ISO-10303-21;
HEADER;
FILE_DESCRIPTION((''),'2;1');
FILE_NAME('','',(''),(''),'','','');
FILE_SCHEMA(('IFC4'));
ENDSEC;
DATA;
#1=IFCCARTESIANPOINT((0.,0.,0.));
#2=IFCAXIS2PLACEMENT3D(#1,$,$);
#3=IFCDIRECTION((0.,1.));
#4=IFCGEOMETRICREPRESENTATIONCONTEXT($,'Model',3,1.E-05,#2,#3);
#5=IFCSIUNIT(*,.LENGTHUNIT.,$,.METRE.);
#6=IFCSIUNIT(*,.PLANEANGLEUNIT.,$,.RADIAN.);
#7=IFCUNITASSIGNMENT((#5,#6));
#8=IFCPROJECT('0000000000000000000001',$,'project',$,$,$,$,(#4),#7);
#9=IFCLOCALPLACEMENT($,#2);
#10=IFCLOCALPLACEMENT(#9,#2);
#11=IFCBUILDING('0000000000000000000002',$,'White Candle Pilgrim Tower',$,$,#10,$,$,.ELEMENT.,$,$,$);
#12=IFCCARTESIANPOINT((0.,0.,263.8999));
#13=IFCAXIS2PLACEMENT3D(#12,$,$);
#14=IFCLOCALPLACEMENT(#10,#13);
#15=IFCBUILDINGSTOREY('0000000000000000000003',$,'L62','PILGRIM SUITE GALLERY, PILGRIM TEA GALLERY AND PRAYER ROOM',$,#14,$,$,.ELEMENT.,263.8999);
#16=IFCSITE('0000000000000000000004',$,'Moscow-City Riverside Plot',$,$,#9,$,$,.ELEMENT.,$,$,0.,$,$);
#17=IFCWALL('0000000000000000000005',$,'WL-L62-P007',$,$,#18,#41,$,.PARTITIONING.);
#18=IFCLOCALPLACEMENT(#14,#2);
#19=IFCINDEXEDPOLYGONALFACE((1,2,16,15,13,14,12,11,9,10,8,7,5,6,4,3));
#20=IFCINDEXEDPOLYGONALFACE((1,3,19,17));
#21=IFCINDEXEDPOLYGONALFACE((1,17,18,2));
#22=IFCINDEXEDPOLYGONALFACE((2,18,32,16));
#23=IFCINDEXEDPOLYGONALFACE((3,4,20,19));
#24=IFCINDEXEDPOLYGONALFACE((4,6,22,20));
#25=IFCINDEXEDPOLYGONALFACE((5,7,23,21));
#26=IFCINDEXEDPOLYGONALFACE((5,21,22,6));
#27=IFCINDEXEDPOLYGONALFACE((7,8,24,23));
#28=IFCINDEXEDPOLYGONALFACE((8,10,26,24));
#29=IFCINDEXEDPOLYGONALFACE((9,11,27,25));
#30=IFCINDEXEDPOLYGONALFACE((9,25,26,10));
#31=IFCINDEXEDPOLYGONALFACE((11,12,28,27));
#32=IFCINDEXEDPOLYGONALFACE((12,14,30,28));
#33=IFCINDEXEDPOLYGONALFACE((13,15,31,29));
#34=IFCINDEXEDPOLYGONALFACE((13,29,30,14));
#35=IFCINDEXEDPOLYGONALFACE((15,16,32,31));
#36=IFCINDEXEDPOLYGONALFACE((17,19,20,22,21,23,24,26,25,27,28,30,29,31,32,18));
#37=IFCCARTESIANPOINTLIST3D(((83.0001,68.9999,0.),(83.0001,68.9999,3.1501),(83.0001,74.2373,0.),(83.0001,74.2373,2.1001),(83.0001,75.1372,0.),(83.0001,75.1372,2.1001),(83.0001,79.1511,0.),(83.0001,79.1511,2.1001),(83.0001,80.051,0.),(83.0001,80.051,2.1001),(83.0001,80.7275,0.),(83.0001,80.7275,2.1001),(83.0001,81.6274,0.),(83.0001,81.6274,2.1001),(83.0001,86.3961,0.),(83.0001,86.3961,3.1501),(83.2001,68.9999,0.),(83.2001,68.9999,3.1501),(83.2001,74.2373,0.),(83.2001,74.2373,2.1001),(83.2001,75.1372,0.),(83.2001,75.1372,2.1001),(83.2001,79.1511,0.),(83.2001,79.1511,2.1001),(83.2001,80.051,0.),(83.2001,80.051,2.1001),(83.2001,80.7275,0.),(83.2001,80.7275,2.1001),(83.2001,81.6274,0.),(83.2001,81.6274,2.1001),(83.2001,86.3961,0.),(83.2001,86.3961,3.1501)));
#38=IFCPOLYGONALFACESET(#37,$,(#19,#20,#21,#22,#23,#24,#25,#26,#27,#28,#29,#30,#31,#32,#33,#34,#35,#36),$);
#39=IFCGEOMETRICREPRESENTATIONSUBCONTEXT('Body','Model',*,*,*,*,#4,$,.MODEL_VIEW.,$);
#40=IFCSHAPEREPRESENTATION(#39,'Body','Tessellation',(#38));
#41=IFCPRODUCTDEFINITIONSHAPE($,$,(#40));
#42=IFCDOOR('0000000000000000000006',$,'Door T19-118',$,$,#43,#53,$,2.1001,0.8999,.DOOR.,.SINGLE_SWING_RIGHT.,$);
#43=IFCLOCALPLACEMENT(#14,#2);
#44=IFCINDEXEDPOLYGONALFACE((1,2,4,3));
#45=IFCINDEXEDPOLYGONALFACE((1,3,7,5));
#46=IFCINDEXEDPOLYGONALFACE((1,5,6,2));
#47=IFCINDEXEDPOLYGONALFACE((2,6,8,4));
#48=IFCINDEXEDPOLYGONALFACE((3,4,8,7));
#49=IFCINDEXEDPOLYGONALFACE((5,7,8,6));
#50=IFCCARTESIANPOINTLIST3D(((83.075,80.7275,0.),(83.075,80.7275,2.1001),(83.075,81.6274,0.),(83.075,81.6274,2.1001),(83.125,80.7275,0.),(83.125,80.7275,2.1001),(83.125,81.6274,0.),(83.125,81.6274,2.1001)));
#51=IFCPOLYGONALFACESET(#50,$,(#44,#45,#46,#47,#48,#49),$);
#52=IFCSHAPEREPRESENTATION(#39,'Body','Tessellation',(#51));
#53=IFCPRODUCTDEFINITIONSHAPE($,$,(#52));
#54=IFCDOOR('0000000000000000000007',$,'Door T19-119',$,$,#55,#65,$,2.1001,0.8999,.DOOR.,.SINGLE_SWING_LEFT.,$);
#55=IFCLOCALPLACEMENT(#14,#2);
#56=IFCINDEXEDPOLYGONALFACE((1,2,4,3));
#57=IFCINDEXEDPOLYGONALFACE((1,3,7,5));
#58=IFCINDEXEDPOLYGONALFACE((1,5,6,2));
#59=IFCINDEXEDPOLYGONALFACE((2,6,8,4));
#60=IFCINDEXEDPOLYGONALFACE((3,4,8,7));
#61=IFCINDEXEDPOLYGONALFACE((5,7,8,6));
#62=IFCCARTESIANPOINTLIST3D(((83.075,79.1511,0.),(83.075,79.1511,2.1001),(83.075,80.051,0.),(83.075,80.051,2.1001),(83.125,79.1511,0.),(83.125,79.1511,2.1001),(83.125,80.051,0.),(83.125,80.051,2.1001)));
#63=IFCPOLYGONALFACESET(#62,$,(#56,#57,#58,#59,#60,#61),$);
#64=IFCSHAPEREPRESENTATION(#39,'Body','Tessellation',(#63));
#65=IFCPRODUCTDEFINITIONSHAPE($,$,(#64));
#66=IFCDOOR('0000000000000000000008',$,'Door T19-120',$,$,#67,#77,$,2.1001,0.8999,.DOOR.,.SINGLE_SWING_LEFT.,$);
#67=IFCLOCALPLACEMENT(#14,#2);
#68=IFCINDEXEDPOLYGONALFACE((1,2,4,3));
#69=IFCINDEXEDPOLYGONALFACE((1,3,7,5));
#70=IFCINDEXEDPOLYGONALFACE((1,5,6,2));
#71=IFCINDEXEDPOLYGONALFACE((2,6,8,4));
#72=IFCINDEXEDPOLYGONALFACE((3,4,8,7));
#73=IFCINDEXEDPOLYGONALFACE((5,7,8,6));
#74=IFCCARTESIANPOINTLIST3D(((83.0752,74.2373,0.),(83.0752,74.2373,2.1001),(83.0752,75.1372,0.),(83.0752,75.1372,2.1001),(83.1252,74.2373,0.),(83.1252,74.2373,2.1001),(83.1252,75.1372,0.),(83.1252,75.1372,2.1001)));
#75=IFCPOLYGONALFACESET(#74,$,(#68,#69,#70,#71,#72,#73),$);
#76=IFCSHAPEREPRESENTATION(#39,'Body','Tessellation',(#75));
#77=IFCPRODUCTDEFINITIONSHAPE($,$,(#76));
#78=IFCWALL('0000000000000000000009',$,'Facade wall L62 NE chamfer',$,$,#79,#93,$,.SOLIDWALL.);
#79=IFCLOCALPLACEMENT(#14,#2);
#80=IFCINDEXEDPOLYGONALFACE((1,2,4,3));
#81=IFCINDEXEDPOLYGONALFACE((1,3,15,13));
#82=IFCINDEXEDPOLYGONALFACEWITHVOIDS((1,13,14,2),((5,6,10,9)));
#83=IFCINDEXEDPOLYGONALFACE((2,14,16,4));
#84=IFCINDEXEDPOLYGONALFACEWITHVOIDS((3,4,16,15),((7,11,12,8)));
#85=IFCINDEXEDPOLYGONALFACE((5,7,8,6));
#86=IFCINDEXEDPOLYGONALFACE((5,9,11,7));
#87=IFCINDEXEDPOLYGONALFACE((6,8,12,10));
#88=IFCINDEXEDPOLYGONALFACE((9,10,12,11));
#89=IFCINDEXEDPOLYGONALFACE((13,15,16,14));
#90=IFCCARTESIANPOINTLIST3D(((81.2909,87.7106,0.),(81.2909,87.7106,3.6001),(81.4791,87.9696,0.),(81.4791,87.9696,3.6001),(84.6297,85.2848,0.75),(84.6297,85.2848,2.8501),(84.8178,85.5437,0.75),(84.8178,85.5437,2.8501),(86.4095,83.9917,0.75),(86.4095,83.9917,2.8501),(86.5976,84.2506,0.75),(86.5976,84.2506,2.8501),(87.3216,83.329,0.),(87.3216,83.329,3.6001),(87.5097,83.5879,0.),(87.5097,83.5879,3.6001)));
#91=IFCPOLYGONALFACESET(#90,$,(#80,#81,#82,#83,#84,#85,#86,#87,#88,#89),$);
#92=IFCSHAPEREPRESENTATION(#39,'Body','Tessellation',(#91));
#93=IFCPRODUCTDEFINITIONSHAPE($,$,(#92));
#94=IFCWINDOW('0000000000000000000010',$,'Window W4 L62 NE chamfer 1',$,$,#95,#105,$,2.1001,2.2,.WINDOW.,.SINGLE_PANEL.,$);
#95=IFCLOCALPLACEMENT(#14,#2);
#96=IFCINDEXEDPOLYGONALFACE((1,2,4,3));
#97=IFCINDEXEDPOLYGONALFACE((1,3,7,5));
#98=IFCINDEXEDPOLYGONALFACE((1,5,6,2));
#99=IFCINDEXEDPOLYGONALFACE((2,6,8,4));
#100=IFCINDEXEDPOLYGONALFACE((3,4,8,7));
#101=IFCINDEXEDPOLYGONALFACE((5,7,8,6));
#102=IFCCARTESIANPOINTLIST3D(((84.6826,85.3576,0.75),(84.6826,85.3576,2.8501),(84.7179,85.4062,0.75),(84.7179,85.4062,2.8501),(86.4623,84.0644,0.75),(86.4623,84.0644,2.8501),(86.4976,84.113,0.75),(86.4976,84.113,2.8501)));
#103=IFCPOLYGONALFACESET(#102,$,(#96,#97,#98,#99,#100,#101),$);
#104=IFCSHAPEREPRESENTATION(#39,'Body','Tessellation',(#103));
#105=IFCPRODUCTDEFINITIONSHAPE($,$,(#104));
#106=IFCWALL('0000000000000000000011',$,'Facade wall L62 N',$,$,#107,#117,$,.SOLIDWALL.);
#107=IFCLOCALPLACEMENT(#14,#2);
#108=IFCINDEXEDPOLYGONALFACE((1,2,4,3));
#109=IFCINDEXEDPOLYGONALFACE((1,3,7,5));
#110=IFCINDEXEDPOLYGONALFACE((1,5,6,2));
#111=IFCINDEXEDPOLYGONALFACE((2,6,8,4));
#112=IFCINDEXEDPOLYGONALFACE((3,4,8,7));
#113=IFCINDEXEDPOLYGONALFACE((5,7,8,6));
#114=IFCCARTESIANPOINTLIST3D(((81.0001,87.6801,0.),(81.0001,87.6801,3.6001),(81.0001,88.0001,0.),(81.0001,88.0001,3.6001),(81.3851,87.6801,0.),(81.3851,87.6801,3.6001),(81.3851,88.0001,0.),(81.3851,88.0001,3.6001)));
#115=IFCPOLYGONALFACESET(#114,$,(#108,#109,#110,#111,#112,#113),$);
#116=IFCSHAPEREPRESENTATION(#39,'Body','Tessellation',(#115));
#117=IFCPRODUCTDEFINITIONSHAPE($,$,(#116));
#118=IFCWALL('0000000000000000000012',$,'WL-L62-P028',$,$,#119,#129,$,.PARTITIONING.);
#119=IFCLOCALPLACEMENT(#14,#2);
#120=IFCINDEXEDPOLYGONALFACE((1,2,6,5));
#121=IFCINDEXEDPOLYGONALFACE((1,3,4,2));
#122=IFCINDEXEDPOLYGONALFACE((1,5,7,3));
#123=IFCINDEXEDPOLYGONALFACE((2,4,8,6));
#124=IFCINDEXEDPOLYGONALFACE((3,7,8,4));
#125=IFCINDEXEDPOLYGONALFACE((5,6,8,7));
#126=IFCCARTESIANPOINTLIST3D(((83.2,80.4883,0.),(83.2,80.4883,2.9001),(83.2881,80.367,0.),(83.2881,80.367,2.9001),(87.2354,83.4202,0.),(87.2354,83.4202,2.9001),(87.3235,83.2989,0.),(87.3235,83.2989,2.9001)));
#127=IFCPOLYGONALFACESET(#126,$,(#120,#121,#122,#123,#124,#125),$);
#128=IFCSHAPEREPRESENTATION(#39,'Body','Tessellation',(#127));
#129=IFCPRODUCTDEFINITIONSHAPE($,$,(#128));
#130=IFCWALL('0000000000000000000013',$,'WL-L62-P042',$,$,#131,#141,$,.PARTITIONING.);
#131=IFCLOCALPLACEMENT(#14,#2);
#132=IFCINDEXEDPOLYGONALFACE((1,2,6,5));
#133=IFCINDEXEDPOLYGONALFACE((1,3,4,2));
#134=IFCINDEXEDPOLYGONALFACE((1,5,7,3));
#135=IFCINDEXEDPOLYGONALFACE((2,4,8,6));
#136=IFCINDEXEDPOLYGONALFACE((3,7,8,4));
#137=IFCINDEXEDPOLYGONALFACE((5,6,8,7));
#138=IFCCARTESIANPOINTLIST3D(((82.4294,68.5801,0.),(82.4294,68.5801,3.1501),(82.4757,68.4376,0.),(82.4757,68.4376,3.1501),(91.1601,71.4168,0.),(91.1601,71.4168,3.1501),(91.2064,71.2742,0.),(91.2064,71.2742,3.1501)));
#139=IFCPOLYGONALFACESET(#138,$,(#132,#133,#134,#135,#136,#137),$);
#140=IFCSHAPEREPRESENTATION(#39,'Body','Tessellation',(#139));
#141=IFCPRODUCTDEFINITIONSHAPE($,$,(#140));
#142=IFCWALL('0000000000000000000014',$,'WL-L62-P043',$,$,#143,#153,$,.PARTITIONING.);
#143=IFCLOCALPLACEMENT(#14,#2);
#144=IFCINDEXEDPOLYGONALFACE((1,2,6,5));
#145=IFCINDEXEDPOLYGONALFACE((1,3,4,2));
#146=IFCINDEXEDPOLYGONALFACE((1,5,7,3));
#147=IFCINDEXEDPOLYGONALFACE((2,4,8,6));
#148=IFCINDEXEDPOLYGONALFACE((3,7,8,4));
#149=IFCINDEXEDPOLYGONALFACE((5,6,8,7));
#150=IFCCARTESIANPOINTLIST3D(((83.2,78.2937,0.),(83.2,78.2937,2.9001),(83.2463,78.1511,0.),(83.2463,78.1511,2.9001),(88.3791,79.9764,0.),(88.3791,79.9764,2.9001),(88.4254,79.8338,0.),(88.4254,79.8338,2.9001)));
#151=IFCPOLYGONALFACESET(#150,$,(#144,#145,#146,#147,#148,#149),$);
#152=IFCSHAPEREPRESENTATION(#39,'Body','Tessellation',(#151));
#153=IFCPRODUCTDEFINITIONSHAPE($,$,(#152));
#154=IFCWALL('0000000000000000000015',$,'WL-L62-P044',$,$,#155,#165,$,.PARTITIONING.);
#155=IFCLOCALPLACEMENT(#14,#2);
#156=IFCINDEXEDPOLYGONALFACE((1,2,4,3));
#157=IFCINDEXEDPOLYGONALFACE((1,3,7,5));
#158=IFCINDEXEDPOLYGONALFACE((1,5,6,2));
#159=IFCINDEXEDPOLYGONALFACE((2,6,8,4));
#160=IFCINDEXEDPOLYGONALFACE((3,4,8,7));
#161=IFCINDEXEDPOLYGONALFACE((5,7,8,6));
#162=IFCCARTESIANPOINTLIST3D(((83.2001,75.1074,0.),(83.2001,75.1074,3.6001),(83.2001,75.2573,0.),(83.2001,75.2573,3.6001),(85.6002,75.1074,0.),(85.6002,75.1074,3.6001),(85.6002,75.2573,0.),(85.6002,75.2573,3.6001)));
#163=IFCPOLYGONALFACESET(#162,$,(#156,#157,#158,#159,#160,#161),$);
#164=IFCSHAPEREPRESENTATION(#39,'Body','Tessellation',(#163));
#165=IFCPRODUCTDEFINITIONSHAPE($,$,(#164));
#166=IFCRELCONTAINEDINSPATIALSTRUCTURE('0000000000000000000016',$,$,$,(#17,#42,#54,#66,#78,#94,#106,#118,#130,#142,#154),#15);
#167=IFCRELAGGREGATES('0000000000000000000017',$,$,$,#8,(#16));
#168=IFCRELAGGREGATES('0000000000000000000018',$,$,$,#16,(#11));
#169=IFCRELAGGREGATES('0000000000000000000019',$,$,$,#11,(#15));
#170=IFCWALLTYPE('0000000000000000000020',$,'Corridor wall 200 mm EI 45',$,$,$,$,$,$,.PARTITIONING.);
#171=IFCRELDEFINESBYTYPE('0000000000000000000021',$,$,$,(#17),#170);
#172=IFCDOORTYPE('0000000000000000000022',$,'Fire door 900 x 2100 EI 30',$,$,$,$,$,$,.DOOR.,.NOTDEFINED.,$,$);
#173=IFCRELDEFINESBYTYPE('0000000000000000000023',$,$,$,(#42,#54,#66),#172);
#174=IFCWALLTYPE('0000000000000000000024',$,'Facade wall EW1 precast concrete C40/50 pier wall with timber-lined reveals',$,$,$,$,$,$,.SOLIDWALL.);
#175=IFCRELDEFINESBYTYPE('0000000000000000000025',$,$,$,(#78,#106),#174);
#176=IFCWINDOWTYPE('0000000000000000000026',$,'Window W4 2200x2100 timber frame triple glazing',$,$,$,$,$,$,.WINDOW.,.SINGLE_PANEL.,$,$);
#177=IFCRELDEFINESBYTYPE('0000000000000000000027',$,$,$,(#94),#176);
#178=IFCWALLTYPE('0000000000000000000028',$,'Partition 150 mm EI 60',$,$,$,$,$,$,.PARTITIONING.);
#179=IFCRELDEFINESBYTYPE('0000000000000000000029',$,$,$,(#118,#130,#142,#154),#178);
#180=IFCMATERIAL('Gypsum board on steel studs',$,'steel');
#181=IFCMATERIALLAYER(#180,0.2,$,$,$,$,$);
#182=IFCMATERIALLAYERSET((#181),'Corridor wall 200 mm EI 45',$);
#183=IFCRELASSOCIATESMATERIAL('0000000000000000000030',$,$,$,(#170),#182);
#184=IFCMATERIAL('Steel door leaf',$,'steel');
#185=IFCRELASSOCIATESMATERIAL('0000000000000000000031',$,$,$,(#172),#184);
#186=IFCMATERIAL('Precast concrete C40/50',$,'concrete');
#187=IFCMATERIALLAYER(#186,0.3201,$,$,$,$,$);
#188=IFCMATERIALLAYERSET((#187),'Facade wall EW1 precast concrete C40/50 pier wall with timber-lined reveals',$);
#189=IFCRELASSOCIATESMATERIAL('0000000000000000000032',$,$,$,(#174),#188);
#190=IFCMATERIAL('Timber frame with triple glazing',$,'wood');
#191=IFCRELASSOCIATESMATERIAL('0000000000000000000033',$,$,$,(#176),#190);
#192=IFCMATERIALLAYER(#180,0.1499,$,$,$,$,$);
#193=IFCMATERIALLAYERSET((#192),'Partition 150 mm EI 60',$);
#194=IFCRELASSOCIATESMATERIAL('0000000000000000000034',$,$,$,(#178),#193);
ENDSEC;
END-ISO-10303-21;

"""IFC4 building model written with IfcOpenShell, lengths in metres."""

from ifc_helpers import new_model, si_unit, direction, frame, frame_2d, origin, place, context, subcontext, project, spatial, rectangle, extrude, material, layer, layer_set, type_object, element, fill, save


model = new_model("IFC4")

# Units and contexts
model_context = context("Model", 3, precision=1e-05, world=origin(), true_north=direction((0.0, 1.0)))
body_context = subcontext(model_context, "Body", "Model", "MODEL_VIEW")
ifc_project = project(units=[si_unit("LENGTHUNIT", "METRE"), si_unit("PLANEANGLEUNIT", "RADIAN")], contexts=[model_context])

# Site, building, storey
site_placement = place(None, origin())
site = spatial("IfcSite", under=ifc_project, at=site_placement, Name="Moscow-City Riverside Plot", CompositionType="ELEMENT", RefElevation=0.0)
building_placement = place(site_placement, origin())
building = spatial("IfcBuilding", under=site, at=building_placement, Name="White Candle Pilgrim Tower", CompositionType="ELEMENT")
storey_placement = place(building_placement, frame((0.0, 0.0, 263.8999)))
storey = spatial("IfcBuildingStorey", under=building, at=storey_placement, Name="L62", Description="PILGRIM SUITE GALLERY, PILGRIM TEA GALLERY AND PRAYER ROOM", CompositionType="ELEMENT", Elevation=263.8999)

# Shared definitions
ifc_material_1 = material(Name="Steel door leaf", Category="steel")

# Wall, openings, doors
ifc_material_2 = material(Name="Gypsum board on steel studs", Category="steel")
ifc_layer_1 = layer(ifc_material_2, 0.2)
ifc_layer_set_1 = layer_set([ifc_layer_1], Name="Corridor wall 200 mm EI 45")
wall_type_1 = type_object("IfcWallType", Name="Corridor wall 200 mm EI 45", PredefinedType="PARTITIONING", material=ifc_layer_set_1)
wall_1_placement = place(storey_placement, frame((83.1001, 86.3962, 0.0), z_axis=(0.0, 0.0, 1.0), x_axis=(0.0, -1.0, 0.0)))
wall_1 = element("IfcWall", 1, at=wall_1_placement, inside=storey, type_object=wall_type_1, Name="WL-L62-P007", PredefinedType="PARTITIONING", context=body_context, shape_type="SweptSolid", body=[
    extrude(rectangle(XDim=17.3962, YDim=0.2, at=frame_2d((8.6982, 0.0))), origin(), (0.0, 0.0, 1.0), 3.1501),
])
opening_1_placement = place(wall_1_placement, frame((4.7688, 0.0, 0.0)))
opening_1 = element("IfcOpeningElement", 2, at=opening_1_placement, cuts=wall_1, PredefinedType="OPENING", context=body_context, shape_type="SweptSolid", body=[
    extrude(rectangle(XDim=0.8999, YDim=2.1001, at=frame_2d((0.45, 1.05))), frame((0.0, 0.1099, 0.0), z_axis=(0.0, -1.0, 0.0), x_axis=(1.0, 0.0, 0.0)), (0.0, 0.0, 1.0), 0.22),
])
opening_2_placement = place(wall_1_placement, frame((6.3452, 0.0, 0.0)))
opening_2 = element("IfcOpeningElement", 3, at=opening_2_placement, cuts=wall_1, PredefinedType="OPENING", context=body_context, shape_type="SweptSolid", body=[
    extrude(rectangle(XDim=0.8999, YDim=2.1001, at=frame_2d((0.45, 1.05))), frame((0.0, 0.1099, 0.0), z_axis=(0.0, -1.0, 0.0), x_axis=(1.0, 0.0, 0.0)), (0.0, 0.0, 1.0), 0.22),
])
opening_3_placement = place(wall_1_placement, frame((11.259, 0.0, 0.0)))
opening_3 = element("IfcOpeningElement", 4, at=opening_3_placement, cuts=wall_1, PredefinedType="OPENING", context=body_context, shape_type="SweptSolid", body=[
    extrude(rectangle(XDim=0.8999, YDim=2.1001, at=frame_2d((0.45, 1.05))), frame((0.0, 0.1099, 0.0), z_axis=(0.0, -1.0, 0.0), x_axis=(1.0, 0.0, 0.0)), (0.0, 0.0, 1.0), 0.22),
])
door_type_1 = type_object("IfcDoorType", Name="Fire door 900 x 2100 EI 30", OperationType="NOTDEFINED", PredefinedType="DOOR", material=ifc_material_1)
door_1_placement = place(opening_1_placement, origin())
door_1 = element("IfcDoor", 5, at=door_1_placement, inside=storey, type_object=door_type_1, Name="Door T19-118", OperationType="SINGLE_SWING_RIGHT", OverallHeight=2.1001, OverallWidth=0.8999, PredefinedType="DOOR", context=body_context, shape_type="SweptSolid", body=[
    extrude(rectangle(XDim=0.8999, YDim=2.1001, at=frame_2d((0.45, 1.05))), frame((0.0, 0.0249, 0.0), z_axis=(0.0, -1.0, 0.0), x_axis=(1.0, 0.0, 0.0)), (0.0, 0.0, 1.0), 0.05),
])
fill(opening_1, door_1)
door_2_placement = place(opening_2_placement, origin())
door_2 = element("IfcDoor", 6, at=door_2_placement, inside=storey, type_object=door_type_1, Name="Door T19-119", OperationType="SINGLE_SWING_LEFT", OverallHeight=2.1001, OverallWidth=0.8999, PredefinedType="DOOR", context=body_context, shape_type="SweptSolid", body=[
    extrude(rectangle(XDim=0.8999, YDim=2.1001, at=frame_2d((0.45, 1.05))), frame((0.0, 0.0249, 0.0), z_axis=(0.0, -1.0, 0.0), x_axis=(1.0, 0.0, 0.0)), (0.0, 0.0, 1.0), 0.05),
])
fill(opening_2, door_2)
door_3_placement = place(opening_3_placement, frame((0.8999, 0.0, 0.0), z_axis=(0.0, 0.0, 1.0), x_axis=(-1.0, 0.0, 0.0)))
door_3 = element("IfcDoor", 7, at=door_3_placement, inside=storey, type_object=door_type_1, Name="Door T19-120", OperationType="SINGLE_SWING_LEFT", OverallHeight=2.1001, OverallWidth=0.8999, PredefinedType="DOOR", context=body_context, shape_type="SweptSolid", body=[
    extrude(rectangle(XDim=0.8999, YDim=2.1001, at=frame_2d((0.45, 1.05))), frame((0.0, 0.0249, 0.0), z_axis=(0.0, -1.0, 0.0), x_axis=(1.0, 0.0, 0.0)), (0.0, 0.0, 1.0), 0.05),
])
fill(opening_3, door_3)

# Wall, opening, window
ifc_material_3 = material(Name="Precast concrete C40/50", Category="concrete")
ifc_layer_2 = layer(ifc_material_3, 0.3201)
ifc_layer_set_2 = layer_set([ifc_layer_2], Name="Facade wall EW1 precast concrete C40/50 pier wall with timber-lined reveals")
wall_type_2 = type_object("IfcWallType", Name="Facade wall EW1 precast concrete C40/50 pier wall with timber-lined reveals", PredefinedType="SOLIDWALL", material=ifc_layer_set_2)
wall_2_placement = place(storey_placement, frame((87.4155, 83.4585, 0.0), z_axis=(0.0, 0.0, 1.0), x_axis=(-0.809007, 0.5878, 0.0)))
wall_2 = element("IfcWall", 8, at=wall_2_placement, inside=storey, type_object=wall_type_2, Name="Facade wall L62 NE chamfer", PredefinedType="SOLIDWALL", context=body_context, shape_type="SweptSolid", body=[
    extrude(rectangle(XDim=7.4543, YDim=0.3201, at=frame_2d((3.7271, 0.0))), origin(), (0.0, 0.0, 1.0), 3.6001),
])
opening_4_placement = place(wall_2_placement, frame((1.1272, 0.0, 0.75)))
opening_4 = element("IfcOpeningElement", 9, at=opening_4_placement, cuts=wall_2, PredefinedType="OPENING", context=body_context, shape_type="SweptSolid", body=[
    extrude(rectangle(XDim=2.2, YDim=2.1001, at=frame_2d((1.1001, 1.05))), frame((0.0, 0.1699, 0.0), z_axis=(0.0, -1.0, 0.0), x_axis=(1.0, 0.0, 0.0)), (0.0, 0.0, 1.0), 0.3401),
])
ifc_material_4 = material(Name="Timber frame with triple glazing", Category="wood")
window_type = type_object("IfcWindowType", Name="Window W4 2200x2100 timber frame triple glazing", PartitioningType="SINGLE_PANEL", PredefinedType="WINDOW", material=ifc_material_4)
window_placement = place(opening_4_placement, origin())
window = element("IfcWindow", 10, at=window_placement, inside=storey, type_object=window_type, Name="Window W4 L62 NE chamfer 1", OverallHeight=2.1001, OverallWidth=2.2, PartitioningType="SINGLE_PANEL", PredefinedType="WINDOW", context=body_context, shape_type="SweptSolid", body=[
    extrude(rectangle(XDim=2.2, YDim=2.1001, at=frame_2d((1.1001, 1.05))), frame((0.0, 0.0701, 0.0), z_axis=(0.0, -1.0, 0.0), x_axis=(1.0, 0.0, 0.0)), (0.0, 0.0, 1.0), 0.0601),
])
fill(opening_4, window)

# Walls
wall_3_placement = place(storey_placement, frame((81.385, 87.8401, 0.0), z_axis=(0.0, 0.0, 1.0), x_axis=(-1.0, 0.0, 0.0)))
element("IfcWall", 11, at=wall_3_placement, inside=storey, type_object=wall_type_2, Name="Facade wall L62 N", PredefinedType="SOLIDWALL", context=body_context, shape_type="SweptSolid", body=[
    extrude(rectangle(XDim=0.385, YDim=0.3201, at=frame_2d((0.1924, 0.0))), origin(), (0.0, 0.0, 1.0), 3.6001),
])
ifc_layer_3 = layer(ifc_material_2, 0.1499)
ifc_layer_set_3 = layer_set([ifc_layer_3], Name="Partition 150 mm EI 60")
wall_type_3 = type_object("IfcWallType", Name="Partition 150 mm EI 60", PredefinedType="PARTITIONING", material=ifc_layer_set_3)
wall_4_placement = place(storey_placement, frame((87.2795, 83.3596, 0.0), z_axis=(0.0, 0.0, 1.0), x_axis=(-0.809017, -0.587785, 0.0)))
element("IfcWall", 12, at=wall_4_placement, inside=storey, type_object=wall_type_3, Name="WL-L62-P028", PredefinedType="PARTITIONING", context=body_context, shape_type="SweptSolid", body=[
    extrude(rectangle(XDim=4.988, YDim=0.1499, at=frame_2d((2.4941, 0.0))), origin(), (0.0, 0.0, 1.0), 2.9001),
])
wall_5_placement = place(storey_placement, frame((91.1831, 71.3455, 0.0), z_axis=(0.0, 0.0, 1.0), x_axis=(-0.95106, -0.309006, 0.0)))
element("IfcWall", 13, at=wall_5_placement, inside=storey, type_object=wall_type_3, Name="WL-L62-P042", PredefinedType="PARTITIONING", context=body_context, shape_type="SweptSolid", body=[
    extrude(rectangle(XDim=9.1799, YDim=0.1499, at=frame_2d((4.5898, 0.0))), origin(), (0.0, 0.0, 1.0), 3.1501),
])
wall_6_placement = place(storey_placement, frame((88.4021, 79.905, 0.0), z_axis=(0.0, 0.0, 1.0), x_axis=(-0.951063, -0.308996, 0.0)))
element("IfcWall", 14, at=wall_6_placement, inside=storey, type_object=wall_type_3, Name="WL-L62-P043", PredefinedType="PARTITIONING", context=body_context, shape_type="SweptSolid", body=[
    extrude(rectangle(XDim=5.4456, YDim=0.1499, at=frame_2d((2.7227, 0.0))), origin(), (0.0, 0.0, 1.0), 2.9001),
])
wall_7_placement = place(storey_placement, frame((83.2, 75.1824, 0.0), z_axis=(0.0, 0.0, 1.0), x_axis=(1.0, 0.0, 0.0)))
element("IfcWall", 15, at=wall_7_placement, inside=storey, type_object=wall_type_3, Name="WL-L62-P044", PredefinedType="PARTITIONING", context=body_context, shape_type="SweptSolid", body=[
    extrude(rectangle(XDim=2.4001, YDim=0.1499, at=frame_2d((1.2002, 0.0))), origin(), (0.0, 0.0, 1.0), 3.6001),
])

save(model, "model.ifc")
